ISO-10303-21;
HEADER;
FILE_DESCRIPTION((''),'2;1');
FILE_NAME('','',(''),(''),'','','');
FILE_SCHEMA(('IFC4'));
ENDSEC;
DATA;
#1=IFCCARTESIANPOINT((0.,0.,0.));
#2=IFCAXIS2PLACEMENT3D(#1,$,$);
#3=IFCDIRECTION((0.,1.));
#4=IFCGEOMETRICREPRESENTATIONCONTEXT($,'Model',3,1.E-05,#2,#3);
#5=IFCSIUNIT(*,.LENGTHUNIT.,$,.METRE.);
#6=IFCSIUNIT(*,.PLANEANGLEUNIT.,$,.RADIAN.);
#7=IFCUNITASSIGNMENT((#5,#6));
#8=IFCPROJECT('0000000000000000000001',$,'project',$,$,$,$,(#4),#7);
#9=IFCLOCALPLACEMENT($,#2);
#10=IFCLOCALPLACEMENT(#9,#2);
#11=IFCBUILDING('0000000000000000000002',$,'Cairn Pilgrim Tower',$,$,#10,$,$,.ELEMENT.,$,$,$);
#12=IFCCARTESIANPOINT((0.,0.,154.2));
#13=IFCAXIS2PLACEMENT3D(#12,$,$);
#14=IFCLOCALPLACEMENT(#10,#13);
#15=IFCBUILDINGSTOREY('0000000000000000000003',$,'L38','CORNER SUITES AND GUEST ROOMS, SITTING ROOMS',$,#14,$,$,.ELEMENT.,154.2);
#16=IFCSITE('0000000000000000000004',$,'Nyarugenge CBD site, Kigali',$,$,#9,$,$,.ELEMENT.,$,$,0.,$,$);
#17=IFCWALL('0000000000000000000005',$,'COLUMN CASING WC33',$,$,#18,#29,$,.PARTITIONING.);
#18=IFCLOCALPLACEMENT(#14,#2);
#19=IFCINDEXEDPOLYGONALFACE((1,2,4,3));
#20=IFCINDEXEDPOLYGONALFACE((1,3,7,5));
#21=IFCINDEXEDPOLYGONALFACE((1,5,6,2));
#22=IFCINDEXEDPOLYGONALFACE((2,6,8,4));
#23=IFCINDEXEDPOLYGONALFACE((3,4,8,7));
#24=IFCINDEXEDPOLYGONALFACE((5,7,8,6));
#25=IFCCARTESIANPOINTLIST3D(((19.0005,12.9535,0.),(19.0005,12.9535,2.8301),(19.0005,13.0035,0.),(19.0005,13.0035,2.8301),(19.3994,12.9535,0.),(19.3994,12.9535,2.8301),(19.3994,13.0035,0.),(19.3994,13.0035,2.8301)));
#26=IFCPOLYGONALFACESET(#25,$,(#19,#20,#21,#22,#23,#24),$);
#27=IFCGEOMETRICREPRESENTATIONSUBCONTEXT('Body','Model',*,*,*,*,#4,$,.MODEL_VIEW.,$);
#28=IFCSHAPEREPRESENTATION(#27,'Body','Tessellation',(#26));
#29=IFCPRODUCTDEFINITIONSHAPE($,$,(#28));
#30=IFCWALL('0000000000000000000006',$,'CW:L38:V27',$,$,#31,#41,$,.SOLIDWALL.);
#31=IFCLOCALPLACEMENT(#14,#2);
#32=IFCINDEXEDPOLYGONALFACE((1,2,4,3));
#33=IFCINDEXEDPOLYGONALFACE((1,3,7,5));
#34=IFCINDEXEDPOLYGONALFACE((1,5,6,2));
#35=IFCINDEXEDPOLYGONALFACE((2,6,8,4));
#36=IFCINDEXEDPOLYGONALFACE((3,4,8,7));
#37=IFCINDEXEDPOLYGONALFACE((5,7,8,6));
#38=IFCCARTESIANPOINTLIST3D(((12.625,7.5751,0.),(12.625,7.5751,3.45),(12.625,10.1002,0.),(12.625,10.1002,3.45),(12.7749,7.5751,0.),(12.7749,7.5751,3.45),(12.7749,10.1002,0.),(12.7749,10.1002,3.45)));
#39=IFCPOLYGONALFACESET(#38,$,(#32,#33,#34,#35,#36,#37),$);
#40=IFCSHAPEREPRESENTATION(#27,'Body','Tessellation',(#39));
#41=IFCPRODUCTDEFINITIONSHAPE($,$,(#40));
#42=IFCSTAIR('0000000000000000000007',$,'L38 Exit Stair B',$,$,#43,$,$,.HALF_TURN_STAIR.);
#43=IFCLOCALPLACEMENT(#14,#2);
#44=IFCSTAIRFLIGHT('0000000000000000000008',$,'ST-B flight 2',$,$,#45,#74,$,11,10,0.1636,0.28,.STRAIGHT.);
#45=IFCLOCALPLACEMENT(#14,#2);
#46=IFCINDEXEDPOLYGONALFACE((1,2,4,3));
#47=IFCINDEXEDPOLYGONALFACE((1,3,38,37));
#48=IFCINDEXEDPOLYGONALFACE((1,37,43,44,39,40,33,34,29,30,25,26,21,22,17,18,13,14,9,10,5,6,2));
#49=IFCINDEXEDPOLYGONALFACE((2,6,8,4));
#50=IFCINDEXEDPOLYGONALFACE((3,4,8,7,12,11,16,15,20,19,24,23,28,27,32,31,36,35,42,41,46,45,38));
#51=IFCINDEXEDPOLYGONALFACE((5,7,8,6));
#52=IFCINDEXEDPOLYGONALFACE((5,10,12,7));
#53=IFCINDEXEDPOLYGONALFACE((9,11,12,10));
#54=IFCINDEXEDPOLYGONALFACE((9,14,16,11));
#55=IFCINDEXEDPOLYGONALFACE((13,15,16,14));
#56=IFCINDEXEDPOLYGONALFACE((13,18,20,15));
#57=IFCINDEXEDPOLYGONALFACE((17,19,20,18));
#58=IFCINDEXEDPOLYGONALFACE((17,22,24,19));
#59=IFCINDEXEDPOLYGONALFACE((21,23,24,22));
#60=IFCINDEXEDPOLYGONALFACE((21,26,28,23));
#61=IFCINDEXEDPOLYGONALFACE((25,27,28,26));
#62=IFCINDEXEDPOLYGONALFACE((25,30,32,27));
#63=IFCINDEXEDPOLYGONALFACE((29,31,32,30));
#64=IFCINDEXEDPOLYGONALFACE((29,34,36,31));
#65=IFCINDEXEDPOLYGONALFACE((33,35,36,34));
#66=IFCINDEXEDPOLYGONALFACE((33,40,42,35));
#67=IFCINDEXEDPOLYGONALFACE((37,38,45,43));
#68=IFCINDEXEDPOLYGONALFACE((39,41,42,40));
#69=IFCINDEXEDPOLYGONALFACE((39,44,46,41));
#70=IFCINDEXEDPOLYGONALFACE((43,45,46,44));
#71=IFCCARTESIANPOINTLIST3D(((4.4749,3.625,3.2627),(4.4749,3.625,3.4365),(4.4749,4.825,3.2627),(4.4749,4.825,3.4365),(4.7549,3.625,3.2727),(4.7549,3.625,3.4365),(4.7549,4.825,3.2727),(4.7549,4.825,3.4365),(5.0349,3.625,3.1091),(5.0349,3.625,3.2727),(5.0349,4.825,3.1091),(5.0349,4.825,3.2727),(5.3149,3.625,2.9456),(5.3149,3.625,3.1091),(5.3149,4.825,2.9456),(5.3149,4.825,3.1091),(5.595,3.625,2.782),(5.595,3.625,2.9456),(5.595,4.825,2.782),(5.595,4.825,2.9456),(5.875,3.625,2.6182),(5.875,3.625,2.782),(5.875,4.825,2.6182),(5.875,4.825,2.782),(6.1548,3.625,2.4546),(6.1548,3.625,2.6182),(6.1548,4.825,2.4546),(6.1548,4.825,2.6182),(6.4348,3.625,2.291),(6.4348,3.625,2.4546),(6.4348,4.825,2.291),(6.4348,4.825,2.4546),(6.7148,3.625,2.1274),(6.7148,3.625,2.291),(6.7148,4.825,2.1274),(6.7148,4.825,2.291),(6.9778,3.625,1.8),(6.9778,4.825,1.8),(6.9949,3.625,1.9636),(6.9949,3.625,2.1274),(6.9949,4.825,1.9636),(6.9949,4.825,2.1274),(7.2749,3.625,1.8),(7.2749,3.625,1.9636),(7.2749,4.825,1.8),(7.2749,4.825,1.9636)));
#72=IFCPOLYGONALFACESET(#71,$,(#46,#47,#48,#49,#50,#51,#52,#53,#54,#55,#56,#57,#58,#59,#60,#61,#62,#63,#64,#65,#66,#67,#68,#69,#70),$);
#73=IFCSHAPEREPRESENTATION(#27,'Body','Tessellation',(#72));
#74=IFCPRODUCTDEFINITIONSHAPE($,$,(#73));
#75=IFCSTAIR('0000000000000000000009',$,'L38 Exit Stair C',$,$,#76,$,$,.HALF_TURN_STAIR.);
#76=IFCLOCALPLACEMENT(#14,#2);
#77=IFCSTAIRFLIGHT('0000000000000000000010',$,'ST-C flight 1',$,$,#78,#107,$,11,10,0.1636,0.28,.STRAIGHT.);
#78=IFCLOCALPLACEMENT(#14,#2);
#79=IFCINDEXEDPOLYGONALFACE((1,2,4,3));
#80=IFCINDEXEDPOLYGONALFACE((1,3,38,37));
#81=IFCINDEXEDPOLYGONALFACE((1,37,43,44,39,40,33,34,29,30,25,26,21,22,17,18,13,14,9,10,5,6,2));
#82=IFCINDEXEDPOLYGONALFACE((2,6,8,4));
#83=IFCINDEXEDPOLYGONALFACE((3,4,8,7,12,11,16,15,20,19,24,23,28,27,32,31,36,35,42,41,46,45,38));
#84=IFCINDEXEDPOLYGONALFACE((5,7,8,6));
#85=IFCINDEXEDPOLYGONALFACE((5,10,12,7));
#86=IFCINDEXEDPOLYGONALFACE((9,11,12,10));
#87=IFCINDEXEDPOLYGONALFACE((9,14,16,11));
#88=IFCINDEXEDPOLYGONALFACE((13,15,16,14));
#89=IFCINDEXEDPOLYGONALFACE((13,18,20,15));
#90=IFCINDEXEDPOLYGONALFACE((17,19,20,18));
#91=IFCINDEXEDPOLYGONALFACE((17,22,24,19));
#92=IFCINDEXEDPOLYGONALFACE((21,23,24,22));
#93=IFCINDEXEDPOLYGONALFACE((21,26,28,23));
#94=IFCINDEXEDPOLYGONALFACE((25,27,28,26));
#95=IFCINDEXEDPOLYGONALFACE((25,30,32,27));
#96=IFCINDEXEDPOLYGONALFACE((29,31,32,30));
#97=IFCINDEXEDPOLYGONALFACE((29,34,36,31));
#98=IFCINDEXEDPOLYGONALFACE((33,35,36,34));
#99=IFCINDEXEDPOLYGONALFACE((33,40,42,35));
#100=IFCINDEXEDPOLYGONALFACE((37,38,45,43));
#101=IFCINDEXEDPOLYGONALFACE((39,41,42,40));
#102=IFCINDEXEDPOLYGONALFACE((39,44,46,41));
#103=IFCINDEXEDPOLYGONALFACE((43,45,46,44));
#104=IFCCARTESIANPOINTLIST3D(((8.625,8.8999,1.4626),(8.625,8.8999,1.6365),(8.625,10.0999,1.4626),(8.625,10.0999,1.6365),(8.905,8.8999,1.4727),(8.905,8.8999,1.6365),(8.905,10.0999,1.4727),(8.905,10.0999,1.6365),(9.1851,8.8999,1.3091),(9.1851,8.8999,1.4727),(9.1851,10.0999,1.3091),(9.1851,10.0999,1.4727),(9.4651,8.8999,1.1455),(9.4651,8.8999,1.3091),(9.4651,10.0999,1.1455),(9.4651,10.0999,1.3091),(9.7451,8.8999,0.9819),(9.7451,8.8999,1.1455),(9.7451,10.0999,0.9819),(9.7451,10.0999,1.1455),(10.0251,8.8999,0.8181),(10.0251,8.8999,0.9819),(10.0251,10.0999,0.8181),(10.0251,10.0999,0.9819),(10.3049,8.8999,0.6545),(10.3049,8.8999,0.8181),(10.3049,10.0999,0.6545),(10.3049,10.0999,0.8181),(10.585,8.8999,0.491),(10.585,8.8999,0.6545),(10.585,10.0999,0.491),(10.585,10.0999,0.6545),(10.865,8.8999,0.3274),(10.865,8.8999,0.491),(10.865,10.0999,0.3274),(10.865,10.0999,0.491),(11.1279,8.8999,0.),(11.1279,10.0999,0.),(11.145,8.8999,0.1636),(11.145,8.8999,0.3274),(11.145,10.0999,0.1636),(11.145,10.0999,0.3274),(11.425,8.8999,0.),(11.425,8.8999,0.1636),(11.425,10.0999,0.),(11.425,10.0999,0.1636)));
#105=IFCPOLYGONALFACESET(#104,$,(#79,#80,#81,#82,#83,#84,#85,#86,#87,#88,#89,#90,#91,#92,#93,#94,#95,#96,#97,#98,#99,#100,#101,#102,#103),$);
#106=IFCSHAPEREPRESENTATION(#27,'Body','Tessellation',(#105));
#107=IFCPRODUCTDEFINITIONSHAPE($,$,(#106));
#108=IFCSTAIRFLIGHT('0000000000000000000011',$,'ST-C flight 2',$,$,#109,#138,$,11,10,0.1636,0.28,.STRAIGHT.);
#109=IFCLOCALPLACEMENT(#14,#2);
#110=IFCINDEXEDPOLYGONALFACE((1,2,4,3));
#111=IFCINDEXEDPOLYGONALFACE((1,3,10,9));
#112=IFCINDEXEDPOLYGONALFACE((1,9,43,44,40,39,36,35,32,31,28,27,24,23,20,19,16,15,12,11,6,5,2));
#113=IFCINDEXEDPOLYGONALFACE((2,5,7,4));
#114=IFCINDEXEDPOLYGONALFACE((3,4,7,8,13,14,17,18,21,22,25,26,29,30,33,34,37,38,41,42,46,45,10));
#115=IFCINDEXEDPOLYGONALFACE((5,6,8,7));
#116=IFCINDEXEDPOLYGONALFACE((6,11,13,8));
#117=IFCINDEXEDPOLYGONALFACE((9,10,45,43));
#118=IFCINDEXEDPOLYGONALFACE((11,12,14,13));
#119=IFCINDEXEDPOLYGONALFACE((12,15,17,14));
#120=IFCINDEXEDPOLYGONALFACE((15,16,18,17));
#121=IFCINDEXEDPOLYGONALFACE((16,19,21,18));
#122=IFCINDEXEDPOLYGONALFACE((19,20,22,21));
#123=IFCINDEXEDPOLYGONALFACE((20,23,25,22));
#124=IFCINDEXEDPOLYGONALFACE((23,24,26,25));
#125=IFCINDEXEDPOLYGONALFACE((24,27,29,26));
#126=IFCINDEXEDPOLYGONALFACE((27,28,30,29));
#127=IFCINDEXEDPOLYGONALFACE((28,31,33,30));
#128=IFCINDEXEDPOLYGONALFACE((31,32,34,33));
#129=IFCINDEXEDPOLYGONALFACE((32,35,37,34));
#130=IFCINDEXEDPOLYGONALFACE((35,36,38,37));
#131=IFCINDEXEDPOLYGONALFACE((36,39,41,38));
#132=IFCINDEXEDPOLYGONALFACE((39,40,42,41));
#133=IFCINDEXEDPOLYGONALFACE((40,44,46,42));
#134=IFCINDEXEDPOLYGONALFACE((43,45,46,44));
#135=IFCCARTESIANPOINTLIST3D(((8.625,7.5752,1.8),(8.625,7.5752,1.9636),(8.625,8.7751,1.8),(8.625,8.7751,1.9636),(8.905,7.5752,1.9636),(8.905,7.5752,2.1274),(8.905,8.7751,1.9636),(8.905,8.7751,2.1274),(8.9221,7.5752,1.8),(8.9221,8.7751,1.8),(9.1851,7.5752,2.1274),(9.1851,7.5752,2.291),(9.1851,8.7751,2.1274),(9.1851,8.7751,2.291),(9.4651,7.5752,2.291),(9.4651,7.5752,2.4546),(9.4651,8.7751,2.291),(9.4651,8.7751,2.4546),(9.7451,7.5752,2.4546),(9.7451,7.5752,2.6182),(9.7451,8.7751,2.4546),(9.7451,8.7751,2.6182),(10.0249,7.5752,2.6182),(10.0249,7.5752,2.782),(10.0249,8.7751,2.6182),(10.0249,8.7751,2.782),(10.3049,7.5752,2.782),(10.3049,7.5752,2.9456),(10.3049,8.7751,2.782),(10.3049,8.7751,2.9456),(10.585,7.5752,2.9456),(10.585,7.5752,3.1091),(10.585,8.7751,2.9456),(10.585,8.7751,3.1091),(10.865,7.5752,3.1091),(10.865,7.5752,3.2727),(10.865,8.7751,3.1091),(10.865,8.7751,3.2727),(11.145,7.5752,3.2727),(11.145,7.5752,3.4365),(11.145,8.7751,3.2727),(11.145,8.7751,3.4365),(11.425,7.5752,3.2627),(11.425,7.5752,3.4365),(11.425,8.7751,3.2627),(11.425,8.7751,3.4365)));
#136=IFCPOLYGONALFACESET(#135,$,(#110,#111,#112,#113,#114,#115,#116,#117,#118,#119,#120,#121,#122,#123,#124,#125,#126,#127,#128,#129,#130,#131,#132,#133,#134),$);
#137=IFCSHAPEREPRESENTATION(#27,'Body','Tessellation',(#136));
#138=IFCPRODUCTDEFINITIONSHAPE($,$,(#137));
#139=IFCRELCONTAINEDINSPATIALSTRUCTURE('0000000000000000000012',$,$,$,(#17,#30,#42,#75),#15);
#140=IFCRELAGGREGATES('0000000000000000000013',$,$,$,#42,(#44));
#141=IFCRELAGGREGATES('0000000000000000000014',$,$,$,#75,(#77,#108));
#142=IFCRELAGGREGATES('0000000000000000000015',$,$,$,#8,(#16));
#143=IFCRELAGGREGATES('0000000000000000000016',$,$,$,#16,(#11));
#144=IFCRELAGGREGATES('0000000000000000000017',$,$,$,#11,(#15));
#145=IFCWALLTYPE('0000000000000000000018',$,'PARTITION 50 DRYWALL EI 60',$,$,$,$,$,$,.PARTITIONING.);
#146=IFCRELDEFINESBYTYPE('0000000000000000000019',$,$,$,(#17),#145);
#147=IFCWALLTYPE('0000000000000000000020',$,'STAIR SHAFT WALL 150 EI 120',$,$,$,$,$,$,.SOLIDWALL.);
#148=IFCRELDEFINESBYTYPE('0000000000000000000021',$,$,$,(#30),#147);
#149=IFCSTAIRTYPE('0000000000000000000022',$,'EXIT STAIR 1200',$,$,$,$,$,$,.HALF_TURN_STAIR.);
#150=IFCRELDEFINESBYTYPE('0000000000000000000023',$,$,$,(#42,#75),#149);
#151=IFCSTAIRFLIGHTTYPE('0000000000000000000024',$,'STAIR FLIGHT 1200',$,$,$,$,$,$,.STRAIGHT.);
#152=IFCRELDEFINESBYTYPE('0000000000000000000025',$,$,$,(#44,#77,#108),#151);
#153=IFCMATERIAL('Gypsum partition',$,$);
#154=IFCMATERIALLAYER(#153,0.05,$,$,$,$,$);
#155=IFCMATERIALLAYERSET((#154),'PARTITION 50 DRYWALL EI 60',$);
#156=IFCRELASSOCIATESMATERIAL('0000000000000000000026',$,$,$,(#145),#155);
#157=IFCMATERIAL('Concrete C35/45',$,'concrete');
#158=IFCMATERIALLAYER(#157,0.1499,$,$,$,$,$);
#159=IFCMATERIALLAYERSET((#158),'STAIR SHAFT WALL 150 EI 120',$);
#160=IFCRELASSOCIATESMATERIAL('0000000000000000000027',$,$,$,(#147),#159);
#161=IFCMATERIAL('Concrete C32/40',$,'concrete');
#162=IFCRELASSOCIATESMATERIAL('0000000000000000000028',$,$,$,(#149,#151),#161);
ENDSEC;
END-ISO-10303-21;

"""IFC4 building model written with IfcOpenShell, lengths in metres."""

from ifc_helpers import new_model, si_unit, direction, frame, frame_2d, origin, place, context, subcontext, project, spatial, polyline, rectangle, outline, extrude, material, layer, layer_set, type_object, element, aggregate, save


model = new_model("IFC4")

# Units and contexts
model_context = context("Model", 3, precision=1e-05, world=origin(), true_north=direction((0.0, 1.0)))
body_context = subcontext(model_context, "Body", "Model", "MODEL_VIEW")
ifc_project = project(units=[si_unit("LENGTHUNIT", "METRE"), si_unit("PLANEANGLEUNIT", "RADIAN")], contexts=[model_context])

# Site, building, storey
site_placement = place(None, origin())
site = spatial("IfcSite", under=ifc_project, at=site_placement, Name="Nyarugenge CBD site, Kigali", CompositionType="ELEMENT", RefElevation=0.0)
building_placement = place(site_placement, origin())
building = spatial("IfcBuilding", under=site, at=building_placement, Name="Cairn Pilgrim Tower", CompositionType="ELEMENT")
storey_placement = place(building_placement, frame((0.0, 0.0, 154.2)))
storey = spatial("IfcBuildingStorey", under=building, at=storey_placement, Name="L38", Description="CORNER SUITES AND GUEST ROOMS, SITTING ROOMS", CompositionType="ELEMENT", Elevation=154.2)

# Shared definitions
ifc_material_1 = material(Name="Concrete C32/40", Category="concrete")

# Shared definitions
ifc_material_2 = material(Name="Gypsum partition")

# Walls
ifc_layer_1 = layer(ifc_material_2, 0.05)
ifc_layer_set_1 = layer_set([ifc_layer_1], Name="PARTITION 50 DRYWALL EI 60")
wall_type_1 = type_object("IfcWallType", Name="PARTITION 50 DRYWALL EI 60", PredefinedType="PARTITIONING", material=ifc_layer_set_1)
wall_1_placement = place(storey_placement, frame((19.0005, 12.9785, 0.0), z_axis=(0.0, 0.0, 1.0), x_axis=(1.0, 0.0, 0.0)))
element("IfcWall", 1, at=wall_1_placement, inside=storey, type_object=wall_type_1, Name="COLUMN CASING WC33", PredefinedType="PARTITIONING", context=body_context, shape_type="SweptSolid", body=[
    extrude(rectangle(XDim=0.3989, YDim=0.05, at=frame_2d((0.1995, 0.0))), origin(), (0.0, 0.0, 1.0), 2.8301),
])
ifc_material_3 = material(Name="Concrete C35/45", Category="concrete")
ifc_layer_2 = layer(ifc_material_3, 0.1499)
ifc_layer_set_2 = layer_set([ifc_layer_2], Name="STAIR SHAFT WALL 150 EI 120")
wall_type_2 = type_object("IfcWallType", Name="STAIR SHAFT WALL 150 EI 120", PredefinedType="SOLIDWALL", material=ifc_layer_set_2)
wall_2_placement = place(storey_placement, frame((12.7, 7.575, 0.0), z_axis=(0.0, 0.0, 1.0), x_axis=(0.0, 1.0, 0.0)))
element("IfcWall", 2, at=wall_2_placement, inside=storey, type_object=wall_type_2, Name="CW:L38:V27", PredefinedType="SOLIDWALL", context=body_context, shape_type="SweptSolid", body=[
    extrude(rectangle(XDim=2.5251, YDim=0.1499, at=frame_2d((1.2627, 0.0))), origin(), (0.0, 0.0, 1.0), 3.45),
])

# Stair, stair flight
stair_type = type_object("IfcStairType", Name="EXIT STAIR 1200", PredefinedType="HALF_TURN_STAIR", material=ifc_material_1)
stair_1_placement = place(storey_placement, origin())
stair_1 = element("IfcStair", 3, at=stair_1_placement, inside=storey, type_object=stair_type, Name="L38 Exit Stair B", PredefinedType="HALF_TURN_STAIR")
stair_flight_type = type_object("IfcStairFlightType", Name="STAIR FLIGHT 1200", PredefinedType="STRAIGHT", material=ifc_material_1)
stair_flight_1_placement = place(storey_placement, frame((7.2749, 4.2251, 1.8), z_axis=(0.0, 0.0, 1.0), x_axis=(-1.0, 0.0, 0.0)))
stair_flight_1 = element("IfcStairFlight", 4, at=stair_flight_1_placement, type_object=stair_flight_type, Name="ST-B flight 2", NumberOfRisers=11, NumberOfTreads=10, PredefinedType="STRAIGHT", RiserHeight=0.1636, TreadLength=0.28, context=body_context, shape_type="SweptSolid", body=[
    extrude(outline(polyline([(0.0, 0.0), (0.0, 0.1636), (0.28, 0.1636), (0.28, 0.3274), (0.5601, 0.3274), (0.5601, 0.491), (0.8401, 0.491), (0.8401, 0.6545), (1.1201, 0.6545), (1.1201, 0.8181), (1.3999, 0.8181), (1.3999, 0.9819), (1.6799, 0.9819), (1.6799, 1.1455), (1.96, 1.1455), (1.96, 1.3091), (2.24, 1.3091), (2.24, 1.4727), (2.52, 1.4727), (2.52, 1.6365), (2.8, 1.6365), (2.8, 1.8), (2.8, 1.4626), (0.2971, 0.0), (0.0, 0.0)])), frame((0.0, 0.6001, 0.0), z_axis=(0.0, -1.0, 0.0), x_axis=(1.0, 0.0, 0.0)), (0.0, 0.0, 1.0), 1.2),
])
aggregate(stair_1, [stair_flight_1])

# Stair, stair flights
stair_2_placement = place(storey_placement, origin())
stair_2 = element("IfcStair", 5, at=stair_2_placement, inside=storey, type_object=stair_type, Name="L38 Exit Stair C", PredefinedType="HALF_TURN_STAIR")
stair_flight_2_placement = place(storey_placement, frame((11.425, 9.5, 0.0), z_axis=(0.0, 0.0, 1.0), x_axis=(-1.0, 0.0, 0.0)))
stair_flight_2 = element("IfcStairFlight", 6, at=stair_flight_2_placement, type_object=stair_flight_type, Name="ST-C flight 1", NumberOfRisers=11, NumberOfTreads=10, PredefinedType="STRAIGHT", RiserHeight=0.1636, TreadLength=0.28, context=body_context, shape_type="SweptSolid", body=[
    extrude(outline(polyline([(0.0, 0.0), (0.0, 0.1636), (0.28, 0.1636), (0.28, 0.3274), (0.5601, 0.3274), (0.5601, 0.491), (0.8401, 0.491), (0.8401, 0.6545), (1.1201, 0.6545), (1.1201, 0.8181), (1.3999, 0.8181), (1.3999, 0.9819), (1.6799, 0.9819), (1.6799, 1.1455), (1.96, 1.1455), (1.96, 1.3091), (2.24, 1.3091), (2.24, 1.4727), (2.52, 1.4727), (2.52, 1.6365), (2.8, 1.6365), (2.8, 1.8), (2.8, 1.4626), (0.2971, 0.0), (0.0, 0.0)])), frame((0.0, 0.6001, 0.0), z_axis=(0.0, -1.0, 0.0), x_axis=(1.0, 0.0, 0.0)), (0.0, 0.0, 1.0), 1.2),
])
stair_flight_3_placement = place(storey_placement, frame((8.625, 8.175, 1.8), z_axis=(0.0, 0.0, 1.0), x_axis=(1.0, 0.0, 0.0)))
stair_flight_3 = element("IfcStairFlight", 7, at=stair_flight_3_placement, type_object=stair_flight_type, Name="ST-C flight 2", NumberOfRisers=11, NumberOfTreads=10, PredefinedType="STRAIGHT", RiserHeight=0.1636, TreadLength=0.28, context=body_context, shape_type="SweptSolid", body=[
    extrude(outline(polyline([(0.0, 0.0), (0.0, 0.1636), (0.28, 0.1636), (0.28, 0.3274), (0.5601, 0.3274), (0.5601, 0.491), (0.8401, 0.491), (0.8401, 0.6545), (1.1201, 0.6545), (1.1201, 0.8181), (1.3999, 0.8181), (1.3999, 0.9819), (1.6799, 0.9819), (1.6799, 1.1455), (1.96, 1.1455), (1.96, 1.3091), (2.24, 1.3091), (2.24, 1.4727), (2.52, 1.4727), (2.52, 1.6365), (2.8, 1.6365), (2.8, 1.8), (2.8, 1.4626), (0.2971, 0.0), (0.0, 0.0)])), frame((0.0, 0.6001, 0.0), z_axis=(0.0, -1.0, 0.0), x_axis=(1.0, 0.0, 0.0)), (0.0, 0.0, 1.0), 1.2),
])
aggregate(stair_2, [stair_flight_2, stair_flight_3])

save(model, "model.ifc")
